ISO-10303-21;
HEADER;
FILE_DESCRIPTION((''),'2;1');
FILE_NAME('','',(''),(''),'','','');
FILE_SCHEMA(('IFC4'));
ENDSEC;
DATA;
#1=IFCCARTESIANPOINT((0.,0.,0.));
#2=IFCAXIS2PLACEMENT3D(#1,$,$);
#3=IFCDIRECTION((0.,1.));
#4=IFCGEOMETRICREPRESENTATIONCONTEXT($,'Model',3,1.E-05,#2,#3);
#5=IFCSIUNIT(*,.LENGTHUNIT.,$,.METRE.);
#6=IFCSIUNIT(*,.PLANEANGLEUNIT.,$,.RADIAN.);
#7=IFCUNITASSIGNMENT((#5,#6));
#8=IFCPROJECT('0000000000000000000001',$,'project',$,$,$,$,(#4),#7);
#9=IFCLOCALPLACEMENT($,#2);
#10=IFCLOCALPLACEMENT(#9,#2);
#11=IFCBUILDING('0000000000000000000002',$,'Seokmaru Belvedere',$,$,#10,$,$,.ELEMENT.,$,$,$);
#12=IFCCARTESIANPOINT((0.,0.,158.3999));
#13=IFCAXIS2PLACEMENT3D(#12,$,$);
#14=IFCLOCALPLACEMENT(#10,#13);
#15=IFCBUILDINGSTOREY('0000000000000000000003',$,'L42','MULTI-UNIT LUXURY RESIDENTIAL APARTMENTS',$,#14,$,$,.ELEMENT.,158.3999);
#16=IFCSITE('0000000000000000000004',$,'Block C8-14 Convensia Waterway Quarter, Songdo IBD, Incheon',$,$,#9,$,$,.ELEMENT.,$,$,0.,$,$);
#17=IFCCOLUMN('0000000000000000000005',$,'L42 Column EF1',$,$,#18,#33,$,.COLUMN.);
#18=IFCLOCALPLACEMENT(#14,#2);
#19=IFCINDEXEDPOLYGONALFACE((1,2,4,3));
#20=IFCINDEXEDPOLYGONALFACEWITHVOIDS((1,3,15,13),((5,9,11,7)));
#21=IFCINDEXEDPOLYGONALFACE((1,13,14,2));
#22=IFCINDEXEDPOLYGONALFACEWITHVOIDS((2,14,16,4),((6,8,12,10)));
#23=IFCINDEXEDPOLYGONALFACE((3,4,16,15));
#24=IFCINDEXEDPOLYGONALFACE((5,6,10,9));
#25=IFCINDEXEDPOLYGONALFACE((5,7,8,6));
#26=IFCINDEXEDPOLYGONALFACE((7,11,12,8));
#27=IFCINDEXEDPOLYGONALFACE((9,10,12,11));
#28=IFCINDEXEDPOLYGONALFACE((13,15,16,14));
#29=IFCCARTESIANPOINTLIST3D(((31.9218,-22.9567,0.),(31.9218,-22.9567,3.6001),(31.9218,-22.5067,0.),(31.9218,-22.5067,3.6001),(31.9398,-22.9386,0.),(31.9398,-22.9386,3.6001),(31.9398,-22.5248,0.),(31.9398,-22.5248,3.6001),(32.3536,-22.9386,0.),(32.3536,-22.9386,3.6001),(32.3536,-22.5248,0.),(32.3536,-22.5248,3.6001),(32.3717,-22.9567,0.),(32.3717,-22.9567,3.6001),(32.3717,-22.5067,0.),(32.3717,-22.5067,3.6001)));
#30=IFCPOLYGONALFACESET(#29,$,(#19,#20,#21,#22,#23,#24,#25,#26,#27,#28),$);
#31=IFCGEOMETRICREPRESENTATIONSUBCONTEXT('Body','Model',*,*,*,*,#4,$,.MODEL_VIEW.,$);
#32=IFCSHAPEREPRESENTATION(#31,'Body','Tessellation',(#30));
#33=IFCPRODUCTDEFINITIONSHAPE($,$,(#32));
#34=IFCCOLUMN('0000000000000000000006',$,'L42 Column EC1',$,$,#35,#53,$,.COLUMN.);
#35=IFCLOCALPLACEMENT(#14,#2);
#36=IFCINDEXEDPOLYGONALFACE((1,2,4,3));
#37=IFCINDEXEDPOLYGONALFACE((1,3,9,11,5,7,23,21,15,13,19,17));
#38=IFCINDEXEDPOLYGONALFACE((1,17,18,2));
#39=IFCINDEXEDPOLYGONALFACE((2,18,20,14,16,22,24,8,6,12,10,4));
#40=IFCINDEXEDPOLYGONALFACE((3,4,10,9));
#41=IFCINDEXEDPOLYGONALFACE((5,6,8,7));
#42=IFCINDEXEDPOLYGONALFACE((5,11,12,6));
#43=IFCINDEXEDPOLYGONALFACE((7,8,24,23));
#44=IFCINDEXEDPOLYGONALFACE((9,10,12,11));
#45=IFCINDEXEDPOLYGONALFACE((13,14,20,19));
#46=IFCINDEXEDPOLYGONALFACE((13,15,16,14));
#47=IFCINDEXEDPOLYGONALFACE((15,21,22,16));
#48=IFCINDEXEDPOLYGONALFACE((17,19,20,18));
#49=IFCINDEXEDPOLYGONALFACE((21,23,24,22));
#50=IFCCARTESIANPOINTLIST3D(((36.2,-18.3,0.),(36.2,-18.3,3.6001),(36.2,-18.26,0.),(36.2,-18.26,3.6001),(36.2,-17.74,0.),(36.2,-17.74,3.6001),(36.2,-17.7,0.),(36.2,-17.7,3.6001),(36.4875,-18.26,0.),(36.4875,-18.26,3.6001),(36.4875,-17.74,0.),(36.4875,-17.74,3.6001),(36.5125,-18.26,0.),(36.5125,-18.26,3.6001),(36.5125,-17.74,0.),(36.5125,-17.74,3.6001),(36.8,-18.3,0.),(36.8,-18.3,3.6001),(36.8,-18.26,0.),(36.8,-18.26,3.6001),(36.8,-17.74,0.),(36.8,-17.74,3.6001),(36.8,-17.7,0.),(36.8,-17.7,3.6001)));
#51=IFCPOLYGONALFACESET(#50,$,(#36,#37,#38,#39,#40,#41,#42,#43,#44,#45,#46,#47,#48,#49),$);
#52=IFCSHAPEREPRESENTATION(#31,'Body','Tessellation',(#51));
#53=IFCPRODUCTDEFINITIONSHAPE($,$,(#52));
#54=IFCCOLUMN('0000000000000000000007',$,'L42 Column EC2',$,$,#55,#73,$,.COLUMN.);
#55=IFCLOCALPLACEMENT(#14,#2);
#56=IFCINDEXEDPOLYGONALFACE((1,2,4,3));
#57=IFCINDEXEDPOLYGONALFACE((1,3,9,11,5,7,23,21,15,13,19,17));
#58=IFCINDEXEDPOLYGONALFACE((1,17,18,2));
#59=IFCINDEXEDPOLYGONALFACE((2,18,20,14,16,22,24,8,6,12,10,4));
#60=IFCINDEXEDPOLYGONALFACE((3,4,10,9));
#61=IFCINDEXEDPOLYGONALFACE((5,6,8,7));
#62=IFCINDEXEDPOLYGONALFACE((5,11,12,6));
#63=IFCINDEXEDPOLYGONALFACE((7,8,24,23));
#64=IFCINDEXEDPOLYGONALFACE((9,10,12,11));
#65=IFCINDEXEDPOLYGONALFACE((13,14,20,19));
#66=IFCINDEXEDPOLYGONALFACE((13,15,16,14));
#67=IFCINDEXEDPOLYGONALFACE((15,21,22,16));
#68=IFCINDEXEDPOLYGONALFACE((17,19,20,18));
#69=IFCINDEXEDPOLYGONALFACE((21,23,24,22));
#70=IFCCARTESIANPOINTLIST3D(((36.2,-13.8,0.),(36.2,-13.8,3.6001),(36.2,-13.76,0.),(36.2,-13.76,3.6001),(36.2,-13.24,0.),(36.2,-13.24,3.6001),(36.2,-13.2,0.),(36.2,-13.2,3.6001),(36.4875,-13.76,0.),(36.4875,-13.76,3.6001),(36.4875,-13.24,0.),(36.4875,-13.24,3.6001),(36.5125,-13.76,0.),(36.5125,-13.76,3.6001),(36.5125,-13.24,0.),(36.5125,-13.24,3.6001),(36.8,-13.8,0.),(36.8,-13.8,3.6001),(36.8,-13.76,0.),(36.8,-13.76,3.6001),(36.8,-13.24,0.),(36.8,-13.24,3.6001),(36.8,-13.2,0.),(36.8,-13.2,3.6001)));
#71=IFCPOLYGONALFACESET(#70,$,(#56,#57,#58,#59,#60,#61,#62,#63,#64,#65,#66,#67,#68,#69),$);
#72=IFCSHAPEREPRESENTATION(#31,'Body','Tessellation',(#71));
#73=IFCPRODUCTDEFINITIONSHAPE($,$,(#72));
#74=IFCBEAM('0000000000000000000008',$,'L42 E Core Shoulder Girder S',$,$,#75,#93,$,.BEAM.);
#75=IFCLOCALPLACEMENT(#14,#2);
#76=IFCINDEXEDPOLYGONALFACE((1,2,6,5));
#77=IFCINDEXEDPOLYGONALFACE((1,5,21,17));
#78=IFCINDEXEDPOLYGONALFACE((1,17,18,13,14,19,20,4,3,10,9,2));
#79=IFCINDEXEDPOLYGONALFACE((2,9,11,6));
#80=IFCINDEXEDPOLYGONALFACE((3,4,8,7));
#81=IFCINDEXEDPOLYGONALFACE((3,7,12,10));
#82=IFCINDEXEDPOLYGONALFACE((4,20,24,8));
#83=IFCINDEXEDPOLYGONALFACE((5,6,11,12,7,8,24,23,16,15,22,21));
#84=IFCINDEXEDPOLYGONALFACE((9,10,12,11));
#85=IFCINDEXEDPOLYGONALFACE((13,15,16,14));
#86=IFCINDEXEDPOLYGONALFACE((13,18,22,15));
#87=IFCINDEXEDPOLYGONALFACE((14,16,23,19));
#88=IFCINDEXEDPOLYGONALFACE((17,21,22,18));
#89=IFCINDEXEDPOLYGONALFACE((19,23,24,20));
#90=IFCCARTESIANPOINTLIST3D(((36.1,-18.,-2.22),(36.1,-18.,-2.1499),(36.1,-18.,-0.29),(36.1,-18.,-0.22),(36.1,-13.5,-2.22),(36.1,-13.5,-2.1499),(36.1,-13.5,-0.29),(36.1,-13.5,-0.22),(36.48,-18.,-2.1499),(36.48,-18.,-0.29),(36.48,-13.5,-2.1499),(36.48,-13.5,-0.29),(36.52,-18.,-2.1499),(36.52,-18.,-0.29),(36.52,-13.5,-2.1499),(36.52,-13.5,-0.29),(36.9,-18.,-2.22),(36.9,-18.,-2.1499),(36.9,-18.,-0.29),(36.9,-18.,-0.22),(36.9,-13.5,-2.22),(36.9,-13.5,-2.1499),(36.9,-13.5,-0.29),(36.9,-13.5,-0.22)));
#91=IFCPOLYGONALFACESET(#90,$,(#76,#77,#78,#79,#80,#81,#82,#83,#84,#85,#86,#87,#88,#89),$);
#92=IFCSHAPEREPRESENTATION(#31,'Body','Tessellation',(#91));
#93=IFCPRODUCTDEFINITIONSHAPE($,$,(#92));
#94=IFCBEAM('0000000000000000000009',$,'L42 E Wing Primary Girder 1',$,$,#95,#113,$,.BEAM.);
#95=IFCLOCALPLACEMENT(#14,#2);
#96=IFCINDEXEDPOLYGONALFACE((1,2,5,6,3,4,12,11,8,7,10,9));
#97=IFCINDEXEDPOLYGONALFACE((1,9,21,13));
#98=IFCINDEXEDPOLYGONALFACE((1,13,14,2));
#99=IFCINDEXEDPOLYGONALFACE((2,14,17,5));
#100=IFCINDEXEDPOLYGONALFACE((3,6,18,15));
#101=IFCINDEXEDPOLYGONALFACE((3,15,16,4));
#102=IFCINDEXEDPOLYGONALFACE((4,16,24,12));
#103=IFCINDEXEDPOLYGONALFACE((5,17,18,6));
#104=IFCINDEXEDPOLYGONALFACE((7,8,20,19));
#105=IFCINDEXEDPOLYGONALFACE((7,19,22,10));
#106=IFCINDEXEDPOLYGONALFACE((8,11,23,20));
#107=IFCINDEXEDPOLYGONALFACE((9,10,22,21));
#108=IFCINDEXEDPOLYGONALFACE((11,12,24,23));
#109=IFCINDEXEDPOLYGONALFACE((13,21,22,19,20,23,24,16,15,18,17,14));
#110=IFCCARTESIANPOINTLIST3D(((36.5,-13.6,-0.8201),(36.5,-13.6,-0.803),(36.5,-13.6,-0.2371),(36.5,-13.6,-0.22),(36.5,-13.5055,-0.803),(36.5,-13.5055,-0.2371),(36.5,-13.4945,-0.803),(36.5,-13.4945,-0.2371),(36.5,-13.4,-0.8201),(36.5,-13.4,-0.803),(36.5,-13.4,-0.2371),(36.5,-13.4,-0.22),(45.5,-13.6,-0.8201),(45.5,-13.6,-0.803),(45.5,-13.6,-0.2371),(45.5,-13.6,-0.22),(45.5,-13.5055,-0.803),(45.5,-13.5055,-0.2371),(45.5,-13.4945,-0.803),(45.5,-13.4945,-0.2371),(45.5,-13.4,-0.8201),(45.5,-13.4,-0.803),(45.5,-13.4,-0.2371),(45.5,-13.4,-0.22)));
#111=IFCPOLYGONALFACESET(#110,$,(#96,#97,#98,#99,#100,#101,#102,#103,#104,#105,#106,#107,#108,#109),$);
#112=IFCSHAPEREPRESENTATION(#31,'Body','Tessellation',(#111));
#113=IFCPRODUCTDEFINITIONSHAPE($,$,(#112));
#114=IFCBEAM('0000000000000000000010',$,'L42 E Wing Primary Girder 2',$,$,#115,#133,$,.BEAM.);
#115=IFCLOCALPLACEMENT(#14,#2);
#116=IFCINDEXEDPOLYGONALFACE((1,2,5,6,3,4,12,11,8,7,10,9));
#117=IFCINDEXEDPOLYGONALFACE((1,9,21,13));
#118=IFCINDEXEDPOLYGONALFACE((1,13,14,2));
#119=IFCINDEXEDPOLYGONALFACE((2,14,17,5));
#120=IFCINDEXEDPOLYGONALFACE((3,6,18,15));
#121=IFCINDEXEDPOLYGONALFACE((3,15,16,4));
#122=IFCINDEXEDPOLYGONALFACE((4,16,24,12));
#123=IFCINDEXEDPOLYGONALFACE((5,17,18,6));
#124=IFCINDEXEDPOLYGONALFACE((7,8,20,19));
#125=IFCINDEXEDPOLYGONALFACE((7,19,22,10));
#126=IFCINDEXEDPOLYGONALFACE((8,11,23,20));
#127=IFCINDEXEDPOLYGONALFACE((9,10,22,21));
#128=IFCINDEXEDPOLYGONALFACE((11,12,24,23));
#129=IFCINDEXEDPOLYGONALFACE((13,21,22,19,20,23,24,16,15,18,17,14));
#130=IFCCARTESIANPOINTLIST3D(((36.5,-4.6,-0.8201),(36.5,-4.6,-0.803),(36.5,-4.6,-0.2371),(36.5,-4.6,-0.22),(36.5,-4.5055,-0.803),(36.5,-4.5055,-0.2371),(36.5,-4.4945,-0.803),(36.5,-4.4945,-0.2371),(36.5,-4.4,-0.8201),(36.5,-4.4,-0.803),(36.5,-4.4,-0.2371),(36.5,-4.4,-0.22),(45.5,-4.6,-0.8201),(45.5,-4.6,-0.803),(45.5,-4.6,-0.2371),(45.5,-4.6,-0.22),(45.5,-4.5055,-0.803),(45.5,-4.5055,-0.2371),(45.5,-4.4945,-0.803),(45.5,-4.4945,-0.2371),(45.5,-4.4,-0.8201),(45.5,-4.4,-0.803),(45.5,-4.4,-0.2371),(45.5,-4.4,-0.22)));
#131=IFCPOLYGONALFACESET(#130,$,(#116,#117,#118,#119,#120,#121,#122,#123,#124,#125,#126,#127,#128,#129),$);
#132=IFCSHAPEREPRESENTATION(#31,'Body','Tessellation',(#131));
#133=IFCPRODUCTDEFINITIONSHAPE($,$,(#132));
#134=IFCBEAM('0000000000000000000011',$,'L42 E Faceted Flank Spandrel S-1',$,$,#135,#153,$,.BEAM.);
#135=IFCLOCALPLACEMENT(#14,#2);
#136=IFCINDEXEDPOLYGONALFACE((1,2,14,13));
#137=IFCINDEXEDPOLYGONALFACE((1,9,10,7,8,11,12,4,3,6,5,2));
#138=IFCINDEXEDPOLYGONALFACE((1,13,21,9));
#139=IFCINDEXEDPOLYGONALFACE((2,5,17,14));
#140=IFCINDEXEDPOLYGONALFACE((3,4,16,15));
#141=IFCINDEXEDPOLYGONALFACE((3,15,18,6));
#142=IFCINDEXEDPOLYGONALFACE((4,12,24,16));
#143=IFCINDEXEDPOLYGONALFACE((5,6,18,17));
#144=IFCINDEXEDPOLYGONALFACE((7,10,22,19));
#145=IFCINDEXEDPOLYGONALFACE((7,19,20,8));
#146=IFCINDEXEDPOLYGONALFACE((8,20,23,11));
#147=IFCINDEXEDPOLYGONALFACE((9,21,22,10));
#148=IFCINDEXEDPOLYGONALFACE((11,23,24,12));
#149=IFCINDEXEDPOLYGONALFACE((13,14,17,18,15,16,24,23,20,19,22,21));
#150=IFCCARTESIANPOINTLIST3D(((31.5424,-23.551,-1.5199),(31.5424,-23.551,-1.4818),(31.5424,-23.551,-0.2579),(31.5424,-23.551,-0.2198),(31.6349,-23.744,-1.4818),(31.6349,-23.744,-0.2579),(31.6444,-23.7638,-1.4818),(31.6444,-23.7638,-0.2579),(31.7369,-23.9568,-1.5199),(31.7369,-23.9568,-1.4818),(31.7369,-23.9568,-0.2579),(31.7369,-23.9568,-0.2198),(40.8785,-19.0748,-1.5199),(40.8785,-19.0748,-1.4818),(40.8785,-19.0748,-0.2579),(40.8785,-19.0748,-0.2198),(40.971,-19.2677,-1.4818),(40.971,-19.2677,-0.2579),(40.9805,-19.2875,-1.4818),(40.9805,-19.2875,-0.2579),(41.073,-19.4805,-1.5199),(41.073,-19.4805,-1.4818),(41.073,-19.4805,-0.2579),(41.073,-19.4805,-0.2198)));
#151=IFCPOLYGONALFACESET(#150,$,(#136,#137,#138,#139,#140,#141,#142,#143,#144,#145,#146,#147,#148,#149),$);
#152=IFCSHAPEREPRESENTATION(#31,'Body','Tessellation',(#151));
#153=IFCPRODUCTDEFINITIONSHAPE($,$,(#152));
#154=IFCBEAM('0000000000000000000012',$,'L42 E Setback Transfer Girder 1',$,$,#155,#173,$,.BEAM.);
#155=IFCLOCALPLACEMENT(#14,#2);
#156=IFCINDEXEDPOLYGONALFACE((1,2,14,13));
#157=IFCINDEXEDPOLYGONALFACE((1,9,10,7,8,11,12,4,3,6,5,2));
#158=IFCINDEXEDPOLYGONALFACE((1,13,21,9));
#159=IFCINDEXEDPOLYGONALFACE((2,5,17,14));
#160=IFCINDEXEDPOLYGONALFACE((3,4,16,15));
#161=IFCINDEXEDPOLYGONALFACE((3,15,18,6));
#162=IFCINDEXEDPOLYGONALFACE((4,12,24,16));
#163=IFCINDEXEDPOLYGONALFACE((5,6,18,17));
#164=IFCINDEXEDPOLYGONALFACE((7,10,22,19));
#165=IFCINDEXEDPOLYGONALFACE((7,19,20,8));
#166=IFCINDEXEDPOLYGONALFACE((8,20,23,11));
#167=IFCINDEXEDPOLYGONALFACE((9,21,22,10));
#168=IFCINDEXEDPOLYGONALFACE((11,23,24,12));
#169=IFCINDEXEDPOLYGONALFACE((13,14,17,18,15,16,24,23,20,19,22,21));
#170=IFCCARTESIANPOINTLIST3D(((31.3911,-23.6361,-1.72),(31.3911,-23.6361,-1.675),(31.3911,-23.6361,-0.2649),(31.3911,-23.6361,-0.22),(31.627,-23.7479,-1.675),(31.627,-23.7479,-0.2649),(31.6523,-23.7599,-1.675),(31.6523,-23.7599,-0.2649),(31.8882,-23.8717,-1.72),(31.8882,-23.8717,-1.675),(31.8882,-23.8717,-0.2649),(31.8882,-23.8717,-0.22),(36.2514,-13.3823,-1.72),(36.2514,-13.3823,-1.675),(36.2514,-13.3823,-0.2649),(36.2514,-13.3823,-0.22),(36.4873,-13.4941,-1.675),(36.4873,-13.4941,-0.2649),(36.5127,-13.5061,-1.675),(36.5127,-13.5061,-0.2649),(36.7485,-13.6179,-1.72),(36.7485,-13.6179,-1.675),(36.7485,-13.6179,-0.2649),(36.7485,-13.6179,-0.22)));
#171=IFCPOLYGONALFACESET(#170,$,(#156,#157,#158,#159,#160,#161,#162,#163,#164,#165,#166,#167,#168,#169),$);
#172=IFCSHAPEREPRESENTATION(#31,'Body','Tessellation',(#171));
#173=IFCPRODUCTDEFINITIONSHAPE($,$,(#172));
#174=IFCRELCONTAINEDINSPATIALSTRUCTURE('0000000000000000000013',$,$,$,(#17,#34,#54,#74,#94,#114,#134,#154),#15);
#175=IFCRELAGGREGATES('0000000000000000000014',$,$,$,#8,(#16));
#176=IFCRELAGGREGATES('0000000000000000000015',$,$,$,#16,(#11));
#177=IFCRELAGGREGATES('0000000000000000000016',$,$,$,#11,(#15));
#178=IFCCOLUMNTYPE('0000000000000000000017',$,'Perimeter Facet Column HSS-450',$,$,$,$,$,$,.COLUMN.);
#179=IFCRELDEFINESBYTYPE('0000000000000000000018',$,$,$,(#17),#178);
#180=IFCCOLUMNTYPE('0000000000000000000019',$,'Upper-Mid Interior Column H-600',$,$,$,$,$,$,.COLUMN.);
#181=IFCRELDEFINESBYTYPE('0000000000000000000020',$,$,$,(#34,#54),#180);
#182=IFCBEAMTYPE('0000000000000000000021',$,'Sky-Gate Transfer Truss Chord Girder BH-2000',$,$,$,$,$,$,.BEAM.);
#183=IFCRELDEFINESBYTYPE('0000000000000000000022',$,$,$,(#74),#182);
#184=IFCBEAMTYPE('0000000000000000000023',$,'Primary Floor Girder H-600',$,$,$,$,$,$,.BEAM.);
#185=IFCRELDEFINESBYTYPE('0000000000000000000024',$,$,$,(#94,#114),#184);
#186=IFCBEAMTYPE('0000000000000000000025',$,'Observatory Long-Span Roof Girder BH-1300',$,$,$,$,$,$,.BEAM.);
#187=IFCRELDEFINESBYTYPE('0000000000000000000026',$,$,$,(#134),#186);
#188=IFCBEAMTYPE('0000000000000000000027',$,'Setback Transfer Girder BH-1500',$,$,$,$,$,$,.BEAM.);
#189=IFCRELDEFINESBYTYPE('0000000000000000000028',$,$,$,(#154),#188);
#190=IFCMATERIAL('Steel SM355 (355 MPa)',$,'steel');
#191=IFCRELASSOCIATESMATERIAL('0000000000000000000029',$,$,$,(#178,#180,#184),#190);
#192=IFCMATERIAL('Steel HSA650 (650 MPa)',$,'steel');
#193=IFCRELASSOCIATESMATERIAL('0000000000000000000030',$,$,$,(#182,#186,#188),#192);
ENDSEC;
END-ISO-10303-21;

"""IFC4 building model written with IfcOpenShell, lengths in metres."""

from ifc_helpers import new_model, si_unit, direction, frame, origin, origin_2d, place, context, subcontext, project, spatial, hollow_rectangle, i_section, extrude, source, transform, mapped, material, material_profile, profile_set, type_object, type_shapes, element, save


model = new_model("IFC4")

# Units and contexts
model_context = context("Model", 3, precision=1e-05, world=origin(), true_north=direction((0.0, 1.0)))
body_context = subcontext(model_context, "Body", "Model", "MODEL_VIEW")
ifc_project = project(units=[si_unit("LENGTHUNIT", "METRE"), si_unit("PLANEANGLEUNIT", "RADIAN")], contexts=[model_context])

# Site, building, storey
site_placement = place(None, origin())
site = spatial("IfcSite", under=ifc_project, at=site_placement, Name="Block C8-14 Convensia Waterway Quarter, Songdo IBD, Incheon", CompositionType="ELEMENT", RefElevation=0.0)
building_placement = place(site_placement, origin())
building = spatial("IfcBuilding", under=site, at=building_placement, Name="Seokmaru Belvedere", CompositionType="ELEMENT")
storey_placement = place(building_placement, frame((0.0, 0.0, 158.3999)))
storey = spatial("IfcBuildingStorey", under=building, at=storey_placement, Name="L42", Description="MULTI-UNIT LUXURY RESIDENTIAL APARTMENTS", CompositionType="ELEMENT", Elevation=158.3999)

# Columns
ifc_material_1 = material(Name="Steel SM355 (355 MPa)", Category="steel")
ifc_material_profile_1 = material_profile(ifc_material_1, hollow_rectangle(XDim=0.45, YDim=0.45, WallThickness=0.0181, at=origin_2d()), Name="HSS-450x450x18")
ifc_profile_set_1 = profile_set([ifc_material_profile_1], Name="Steel SM355 (355 MPa)")
column_type_1 = type_object("IfcColumnType", Name="Perimeter Facet Column HSS-450", PredefinedType="COLUMN", material=ifc_profile_set_1)
shared_shape_1 = source(origin(), body_context, "Body", "SweptSolid", [
    extrude(hollow_rectangle(XDim=0.45, YDim=0.45, WallThickness=0.0181, at=origin_2d()), origin(), (0.0, 0.0, 1.0), 3.6001),
])
type_shapes(column_type_1, [shared_shape_1])
column_placement = place(storey_placement, frame((32.1467, -22.7317, 0.0), z_axis=(0.0, 0.0, 1.0), x_axis=(1.0, 0.0, 0.0)))
element("IfcColumn", 1, at=column_placement, inside=storey, type_object=column_type_1, Name="L42 Column EF1", PredefinedType="COLUMN", context=body_context, shape_type="MappedRepresentation", body=[
    mapped(shared_shape_1, transform((0.0, 0.0, 0.0), scale=1.0)),
])
ifc_material_profile_2 = material_profile(ifc_material_1, i_section(OverallWidth=0.6001, OverallDepth=0.6001, WebThickness=0.0249, FlangeThickness=0.04, at=origin_2d()), Name="H-600x600x25x40")
ifc_profile_set_2 = profile_set([ifc_material_profile_2], Name="Steel SM355 (355 MPa)")
column_type_2 = type_object("IfcColumnType", Name="Upper-Mid Interior Column H-600", PredefinedType="COLUMN", material=ifc_profile_set_2)
shared_shape_2 = source(origin(), body_context, "Body", "SweptSolid", [
    extrude(i_section(OverallWidth=0.6001, OverallDepth=0.6001, WebThickness=0.0249, FlangeThickness=0.04, at=origin_2d()), origin(), (0.0, 0.0, 1.0), 3.6001),
])
type_shapes(column_type_2, [shared_shape_2])
for number, where, z_axis, x_axis, name in (
    (2, (36.5, -18.0, 0.0), (0.0, 0.0, 1.0), (1.0, 0.0, 0.0), "L42 Column EC1"),
    (3, (36.5, -13.5, 0.0), (0.0, 0.0, 1.0), (1.0, 0.0, 0.0), "L42 Column EC2"),
):
    element("IfcColumn", number, at=place(storey_placement, frame(where, z_axis=z_axis, x_axis=x_axis)), inside=storey, type_object=column_type_2, Name=name, PredefinedType="COLUMN", context=body_context, shape_type="MappedRepresentation", body=[
        mapped(shared_shape_2, transform((0.0, 0.0, 0.0), scale=1.0)),
    ])

# Beams
ifc_material_2 = material(Name="Steel HSA650 (650 MPa)", Category="steel")
ifc_material_profile_3 = material_profile(ifc_material_2, i_section(OverallWidth=0.8, OverallDepth=2.0, WebThickness=0.04, FlangeThickness=0.0701, at=origin_2d()), Name="BH-2000x800x40x70")
ifc_profile_set_3 = profile_set([ifc_material_profile_3], Name="Steel HSA650 (650 MPa)")
beam_type_1 = type_object("IfcBeamType", Name="Sky-Gate Transfer Truss Chord Girder BH-2000", PredefinedType="BEAM", material=ifc_profile_set_3)
shared_shape_3 = source(origin(), body_context, "Body", "SweptSolid", [
    extrude(i_section(OverallWidth=0.8, OverallDepth=2.0, WebThickness=0.04, FlangeThickness=0.0701, at=origin_2d()), origin(), (0.0, 0.0, 1.0), 4.5),
])
type_shapes(beam_type_1, [shared_shape_3])
beam_1_placement = place(storey_placement, frame((36.5, -18.0, -1.22), z_axis=(0.0, 1.0, 0.0), x_axis=(-1.0, 0.0, 0.0)))
element("IfcBeam", 4, at=beam_1_placement, inside=storey, type_object=beam_type_1, Name="L42 E Core Shoulder Girder S", PredefinedType="BEAM", context=body_context, shape_type="MappedRepresentation", body=[
    mapped(shared_shape_3, transform((0.0, 0.0, 0.0), scale=1.0)),
])
ifc_material_profile_4 = material_profile(ifc_material_1, i_section(OverallWidth=0.2, OverallDepth=0.6001, WebThickness=0.011, FlangeThickness=0.0171, at=origin_2d()), Name="H-600x200x11x17")
ifc_profile_set_4 = profile_set([ifc_material_profile_4], Name="Steel SM355 (355 MPa)")
beam_type_2 = type_object("IfcBeamType", Name="Primary Floor Girder H-600", PredefinedType="BEAM", material=ifc_profile_set_4)
shared_shape_4 = source(origin(), body_context, "Body", "SweptSolid", [
    extrude(i_section(OverallWidth=0.2, OverallDepth=0.6001, WebThickness=0.011, FlangeThickness=0.0171, at=origin_2d()), origin(), (0.0, 0.0, 1.0), 9.0),
])
type_shapes(beam_type_2, [shared_shape_4])
for number, where, z_axis, x_axis, name in (
    (5, (36.5, -13.5, -0.52), (1.0, 0.0, 0.0), (0.0, 1.0, 0.0), "L42 E Wing Primary Girder 1"),
    (6, (36.5, -4.5, -0.52), (1.0, 0.0, 0.0), (0.0, 1.0, 0.0), "L42 E Wing Primary Girder 2"),
):
    element("IfcBeam", number, at=place(storey_placement, frame(where, z_axis=z_axis, x_axis=x_axis)), inside=storey, type_object=beam_type_2, Name=name, PredefinedType="BEAM", context=body_context, shape_type="MappedRepresentation", body=[
        mapped(shared_shape_4, transform((0.0, 0.0, 0.0), scale=1.0)),
    ])
ifc_material_profile_5 = material_profile(ifc_material_2, i_section(OverallWidth=0.45, OverallDepth=1.3, WebThickness=0.022, FlangeThickness=0.0381, at=origin_2d()), Name="BH-1300x450x22x38")
ifc_profile_set_5 = profile_set([ifc_material_profile_5], Name="Steel HSA650 (650 MPa)")
beam_type_3 = type_object("IfcBeamType", Name="Observatory Long-Span Roof Girder BH-1300", PredefinedType="BEAM", material=ifc_profile_set_5)
shared_shape_5 = source(origin(), body_context, "Body", "SweptSolid", [
    extrude(i_section(OverallWidth=0.45, OverallDepth=1.3, WebThickness=0.022, FlangeThickness=0.0381, at=origin_2d()), origin(), (0.0, 0.0, 1.0), 10.3538),
])
beam_2_placement = place(storey_placement, frame((31.6396, -23.7539, -0.8699), z_axis=(0.901713, 0.432335, 0.0), x_axis=(-0.432335, 0.901713, 0.0)))
element("IfcBeam", 7, at=beam_2_placement, inside=storey, type_object=beam_type_3, Name="L42 E Faceted Flank Spandrel S-1", PredefinedType="BEAM", context=body_context, shape_type="MappedRepresentation", body=[
    mapped(shared_shape_5, transform((0.0, 0.0, 0.0), scale=1.0)),
])
ifc_material_profile_6 = material_profile(ifc_material_2, i_section(OverallWidth=0.55, OverallDepth=1.5, WebThickness=0.0281, FlangeThickness=0.0449, at=origin_2d()), Name="BH-1500x550x28x45")
ifc_profile_set_6 = profile_set([ifc_material_profile_6], Name="Steel HSA650 (650 MPa)")
beam_type_4 = type_object("IfcBeamType", Name="Setback Transfer Girder BH-1500", PredefinedType="BEAM", material=ifc_profile_set_6)
shared_shape_6 = source(origin(), body_context, "Body", "SweptSolid", [
    extrude(i_section(OverallWidth=0.55, OverallDepth=1.5, WebThickness=0.0281, FlangeThickness=0.0449, at=origin_2d()), origin(), (0.0, 0.0, 1.0), 11.3474),
])
type_shapes(beam_type_4, [shared_shape_6])
beam_3_placement = place(storey_placement, frame((31.6396, -23.7539, -0.97), z_axis=(0.428319, 0.903627, 0.0), x_axis=(-0.903627, 0.428319, 0.0)))
element("IfcBeam", 8, at=beam_3_placement, inside=storey, type_object=beam_type_4, Name="L42 E Setback Transfer Girder 1", PredefinedType="BEAM", context=body_context, shape_type="MappedRepresentation", body=[
    mapped(shared_shape_6, transform((0.0, 0.0, 0.0), scale=1.0)),
])

save(model, "model.ifc")
